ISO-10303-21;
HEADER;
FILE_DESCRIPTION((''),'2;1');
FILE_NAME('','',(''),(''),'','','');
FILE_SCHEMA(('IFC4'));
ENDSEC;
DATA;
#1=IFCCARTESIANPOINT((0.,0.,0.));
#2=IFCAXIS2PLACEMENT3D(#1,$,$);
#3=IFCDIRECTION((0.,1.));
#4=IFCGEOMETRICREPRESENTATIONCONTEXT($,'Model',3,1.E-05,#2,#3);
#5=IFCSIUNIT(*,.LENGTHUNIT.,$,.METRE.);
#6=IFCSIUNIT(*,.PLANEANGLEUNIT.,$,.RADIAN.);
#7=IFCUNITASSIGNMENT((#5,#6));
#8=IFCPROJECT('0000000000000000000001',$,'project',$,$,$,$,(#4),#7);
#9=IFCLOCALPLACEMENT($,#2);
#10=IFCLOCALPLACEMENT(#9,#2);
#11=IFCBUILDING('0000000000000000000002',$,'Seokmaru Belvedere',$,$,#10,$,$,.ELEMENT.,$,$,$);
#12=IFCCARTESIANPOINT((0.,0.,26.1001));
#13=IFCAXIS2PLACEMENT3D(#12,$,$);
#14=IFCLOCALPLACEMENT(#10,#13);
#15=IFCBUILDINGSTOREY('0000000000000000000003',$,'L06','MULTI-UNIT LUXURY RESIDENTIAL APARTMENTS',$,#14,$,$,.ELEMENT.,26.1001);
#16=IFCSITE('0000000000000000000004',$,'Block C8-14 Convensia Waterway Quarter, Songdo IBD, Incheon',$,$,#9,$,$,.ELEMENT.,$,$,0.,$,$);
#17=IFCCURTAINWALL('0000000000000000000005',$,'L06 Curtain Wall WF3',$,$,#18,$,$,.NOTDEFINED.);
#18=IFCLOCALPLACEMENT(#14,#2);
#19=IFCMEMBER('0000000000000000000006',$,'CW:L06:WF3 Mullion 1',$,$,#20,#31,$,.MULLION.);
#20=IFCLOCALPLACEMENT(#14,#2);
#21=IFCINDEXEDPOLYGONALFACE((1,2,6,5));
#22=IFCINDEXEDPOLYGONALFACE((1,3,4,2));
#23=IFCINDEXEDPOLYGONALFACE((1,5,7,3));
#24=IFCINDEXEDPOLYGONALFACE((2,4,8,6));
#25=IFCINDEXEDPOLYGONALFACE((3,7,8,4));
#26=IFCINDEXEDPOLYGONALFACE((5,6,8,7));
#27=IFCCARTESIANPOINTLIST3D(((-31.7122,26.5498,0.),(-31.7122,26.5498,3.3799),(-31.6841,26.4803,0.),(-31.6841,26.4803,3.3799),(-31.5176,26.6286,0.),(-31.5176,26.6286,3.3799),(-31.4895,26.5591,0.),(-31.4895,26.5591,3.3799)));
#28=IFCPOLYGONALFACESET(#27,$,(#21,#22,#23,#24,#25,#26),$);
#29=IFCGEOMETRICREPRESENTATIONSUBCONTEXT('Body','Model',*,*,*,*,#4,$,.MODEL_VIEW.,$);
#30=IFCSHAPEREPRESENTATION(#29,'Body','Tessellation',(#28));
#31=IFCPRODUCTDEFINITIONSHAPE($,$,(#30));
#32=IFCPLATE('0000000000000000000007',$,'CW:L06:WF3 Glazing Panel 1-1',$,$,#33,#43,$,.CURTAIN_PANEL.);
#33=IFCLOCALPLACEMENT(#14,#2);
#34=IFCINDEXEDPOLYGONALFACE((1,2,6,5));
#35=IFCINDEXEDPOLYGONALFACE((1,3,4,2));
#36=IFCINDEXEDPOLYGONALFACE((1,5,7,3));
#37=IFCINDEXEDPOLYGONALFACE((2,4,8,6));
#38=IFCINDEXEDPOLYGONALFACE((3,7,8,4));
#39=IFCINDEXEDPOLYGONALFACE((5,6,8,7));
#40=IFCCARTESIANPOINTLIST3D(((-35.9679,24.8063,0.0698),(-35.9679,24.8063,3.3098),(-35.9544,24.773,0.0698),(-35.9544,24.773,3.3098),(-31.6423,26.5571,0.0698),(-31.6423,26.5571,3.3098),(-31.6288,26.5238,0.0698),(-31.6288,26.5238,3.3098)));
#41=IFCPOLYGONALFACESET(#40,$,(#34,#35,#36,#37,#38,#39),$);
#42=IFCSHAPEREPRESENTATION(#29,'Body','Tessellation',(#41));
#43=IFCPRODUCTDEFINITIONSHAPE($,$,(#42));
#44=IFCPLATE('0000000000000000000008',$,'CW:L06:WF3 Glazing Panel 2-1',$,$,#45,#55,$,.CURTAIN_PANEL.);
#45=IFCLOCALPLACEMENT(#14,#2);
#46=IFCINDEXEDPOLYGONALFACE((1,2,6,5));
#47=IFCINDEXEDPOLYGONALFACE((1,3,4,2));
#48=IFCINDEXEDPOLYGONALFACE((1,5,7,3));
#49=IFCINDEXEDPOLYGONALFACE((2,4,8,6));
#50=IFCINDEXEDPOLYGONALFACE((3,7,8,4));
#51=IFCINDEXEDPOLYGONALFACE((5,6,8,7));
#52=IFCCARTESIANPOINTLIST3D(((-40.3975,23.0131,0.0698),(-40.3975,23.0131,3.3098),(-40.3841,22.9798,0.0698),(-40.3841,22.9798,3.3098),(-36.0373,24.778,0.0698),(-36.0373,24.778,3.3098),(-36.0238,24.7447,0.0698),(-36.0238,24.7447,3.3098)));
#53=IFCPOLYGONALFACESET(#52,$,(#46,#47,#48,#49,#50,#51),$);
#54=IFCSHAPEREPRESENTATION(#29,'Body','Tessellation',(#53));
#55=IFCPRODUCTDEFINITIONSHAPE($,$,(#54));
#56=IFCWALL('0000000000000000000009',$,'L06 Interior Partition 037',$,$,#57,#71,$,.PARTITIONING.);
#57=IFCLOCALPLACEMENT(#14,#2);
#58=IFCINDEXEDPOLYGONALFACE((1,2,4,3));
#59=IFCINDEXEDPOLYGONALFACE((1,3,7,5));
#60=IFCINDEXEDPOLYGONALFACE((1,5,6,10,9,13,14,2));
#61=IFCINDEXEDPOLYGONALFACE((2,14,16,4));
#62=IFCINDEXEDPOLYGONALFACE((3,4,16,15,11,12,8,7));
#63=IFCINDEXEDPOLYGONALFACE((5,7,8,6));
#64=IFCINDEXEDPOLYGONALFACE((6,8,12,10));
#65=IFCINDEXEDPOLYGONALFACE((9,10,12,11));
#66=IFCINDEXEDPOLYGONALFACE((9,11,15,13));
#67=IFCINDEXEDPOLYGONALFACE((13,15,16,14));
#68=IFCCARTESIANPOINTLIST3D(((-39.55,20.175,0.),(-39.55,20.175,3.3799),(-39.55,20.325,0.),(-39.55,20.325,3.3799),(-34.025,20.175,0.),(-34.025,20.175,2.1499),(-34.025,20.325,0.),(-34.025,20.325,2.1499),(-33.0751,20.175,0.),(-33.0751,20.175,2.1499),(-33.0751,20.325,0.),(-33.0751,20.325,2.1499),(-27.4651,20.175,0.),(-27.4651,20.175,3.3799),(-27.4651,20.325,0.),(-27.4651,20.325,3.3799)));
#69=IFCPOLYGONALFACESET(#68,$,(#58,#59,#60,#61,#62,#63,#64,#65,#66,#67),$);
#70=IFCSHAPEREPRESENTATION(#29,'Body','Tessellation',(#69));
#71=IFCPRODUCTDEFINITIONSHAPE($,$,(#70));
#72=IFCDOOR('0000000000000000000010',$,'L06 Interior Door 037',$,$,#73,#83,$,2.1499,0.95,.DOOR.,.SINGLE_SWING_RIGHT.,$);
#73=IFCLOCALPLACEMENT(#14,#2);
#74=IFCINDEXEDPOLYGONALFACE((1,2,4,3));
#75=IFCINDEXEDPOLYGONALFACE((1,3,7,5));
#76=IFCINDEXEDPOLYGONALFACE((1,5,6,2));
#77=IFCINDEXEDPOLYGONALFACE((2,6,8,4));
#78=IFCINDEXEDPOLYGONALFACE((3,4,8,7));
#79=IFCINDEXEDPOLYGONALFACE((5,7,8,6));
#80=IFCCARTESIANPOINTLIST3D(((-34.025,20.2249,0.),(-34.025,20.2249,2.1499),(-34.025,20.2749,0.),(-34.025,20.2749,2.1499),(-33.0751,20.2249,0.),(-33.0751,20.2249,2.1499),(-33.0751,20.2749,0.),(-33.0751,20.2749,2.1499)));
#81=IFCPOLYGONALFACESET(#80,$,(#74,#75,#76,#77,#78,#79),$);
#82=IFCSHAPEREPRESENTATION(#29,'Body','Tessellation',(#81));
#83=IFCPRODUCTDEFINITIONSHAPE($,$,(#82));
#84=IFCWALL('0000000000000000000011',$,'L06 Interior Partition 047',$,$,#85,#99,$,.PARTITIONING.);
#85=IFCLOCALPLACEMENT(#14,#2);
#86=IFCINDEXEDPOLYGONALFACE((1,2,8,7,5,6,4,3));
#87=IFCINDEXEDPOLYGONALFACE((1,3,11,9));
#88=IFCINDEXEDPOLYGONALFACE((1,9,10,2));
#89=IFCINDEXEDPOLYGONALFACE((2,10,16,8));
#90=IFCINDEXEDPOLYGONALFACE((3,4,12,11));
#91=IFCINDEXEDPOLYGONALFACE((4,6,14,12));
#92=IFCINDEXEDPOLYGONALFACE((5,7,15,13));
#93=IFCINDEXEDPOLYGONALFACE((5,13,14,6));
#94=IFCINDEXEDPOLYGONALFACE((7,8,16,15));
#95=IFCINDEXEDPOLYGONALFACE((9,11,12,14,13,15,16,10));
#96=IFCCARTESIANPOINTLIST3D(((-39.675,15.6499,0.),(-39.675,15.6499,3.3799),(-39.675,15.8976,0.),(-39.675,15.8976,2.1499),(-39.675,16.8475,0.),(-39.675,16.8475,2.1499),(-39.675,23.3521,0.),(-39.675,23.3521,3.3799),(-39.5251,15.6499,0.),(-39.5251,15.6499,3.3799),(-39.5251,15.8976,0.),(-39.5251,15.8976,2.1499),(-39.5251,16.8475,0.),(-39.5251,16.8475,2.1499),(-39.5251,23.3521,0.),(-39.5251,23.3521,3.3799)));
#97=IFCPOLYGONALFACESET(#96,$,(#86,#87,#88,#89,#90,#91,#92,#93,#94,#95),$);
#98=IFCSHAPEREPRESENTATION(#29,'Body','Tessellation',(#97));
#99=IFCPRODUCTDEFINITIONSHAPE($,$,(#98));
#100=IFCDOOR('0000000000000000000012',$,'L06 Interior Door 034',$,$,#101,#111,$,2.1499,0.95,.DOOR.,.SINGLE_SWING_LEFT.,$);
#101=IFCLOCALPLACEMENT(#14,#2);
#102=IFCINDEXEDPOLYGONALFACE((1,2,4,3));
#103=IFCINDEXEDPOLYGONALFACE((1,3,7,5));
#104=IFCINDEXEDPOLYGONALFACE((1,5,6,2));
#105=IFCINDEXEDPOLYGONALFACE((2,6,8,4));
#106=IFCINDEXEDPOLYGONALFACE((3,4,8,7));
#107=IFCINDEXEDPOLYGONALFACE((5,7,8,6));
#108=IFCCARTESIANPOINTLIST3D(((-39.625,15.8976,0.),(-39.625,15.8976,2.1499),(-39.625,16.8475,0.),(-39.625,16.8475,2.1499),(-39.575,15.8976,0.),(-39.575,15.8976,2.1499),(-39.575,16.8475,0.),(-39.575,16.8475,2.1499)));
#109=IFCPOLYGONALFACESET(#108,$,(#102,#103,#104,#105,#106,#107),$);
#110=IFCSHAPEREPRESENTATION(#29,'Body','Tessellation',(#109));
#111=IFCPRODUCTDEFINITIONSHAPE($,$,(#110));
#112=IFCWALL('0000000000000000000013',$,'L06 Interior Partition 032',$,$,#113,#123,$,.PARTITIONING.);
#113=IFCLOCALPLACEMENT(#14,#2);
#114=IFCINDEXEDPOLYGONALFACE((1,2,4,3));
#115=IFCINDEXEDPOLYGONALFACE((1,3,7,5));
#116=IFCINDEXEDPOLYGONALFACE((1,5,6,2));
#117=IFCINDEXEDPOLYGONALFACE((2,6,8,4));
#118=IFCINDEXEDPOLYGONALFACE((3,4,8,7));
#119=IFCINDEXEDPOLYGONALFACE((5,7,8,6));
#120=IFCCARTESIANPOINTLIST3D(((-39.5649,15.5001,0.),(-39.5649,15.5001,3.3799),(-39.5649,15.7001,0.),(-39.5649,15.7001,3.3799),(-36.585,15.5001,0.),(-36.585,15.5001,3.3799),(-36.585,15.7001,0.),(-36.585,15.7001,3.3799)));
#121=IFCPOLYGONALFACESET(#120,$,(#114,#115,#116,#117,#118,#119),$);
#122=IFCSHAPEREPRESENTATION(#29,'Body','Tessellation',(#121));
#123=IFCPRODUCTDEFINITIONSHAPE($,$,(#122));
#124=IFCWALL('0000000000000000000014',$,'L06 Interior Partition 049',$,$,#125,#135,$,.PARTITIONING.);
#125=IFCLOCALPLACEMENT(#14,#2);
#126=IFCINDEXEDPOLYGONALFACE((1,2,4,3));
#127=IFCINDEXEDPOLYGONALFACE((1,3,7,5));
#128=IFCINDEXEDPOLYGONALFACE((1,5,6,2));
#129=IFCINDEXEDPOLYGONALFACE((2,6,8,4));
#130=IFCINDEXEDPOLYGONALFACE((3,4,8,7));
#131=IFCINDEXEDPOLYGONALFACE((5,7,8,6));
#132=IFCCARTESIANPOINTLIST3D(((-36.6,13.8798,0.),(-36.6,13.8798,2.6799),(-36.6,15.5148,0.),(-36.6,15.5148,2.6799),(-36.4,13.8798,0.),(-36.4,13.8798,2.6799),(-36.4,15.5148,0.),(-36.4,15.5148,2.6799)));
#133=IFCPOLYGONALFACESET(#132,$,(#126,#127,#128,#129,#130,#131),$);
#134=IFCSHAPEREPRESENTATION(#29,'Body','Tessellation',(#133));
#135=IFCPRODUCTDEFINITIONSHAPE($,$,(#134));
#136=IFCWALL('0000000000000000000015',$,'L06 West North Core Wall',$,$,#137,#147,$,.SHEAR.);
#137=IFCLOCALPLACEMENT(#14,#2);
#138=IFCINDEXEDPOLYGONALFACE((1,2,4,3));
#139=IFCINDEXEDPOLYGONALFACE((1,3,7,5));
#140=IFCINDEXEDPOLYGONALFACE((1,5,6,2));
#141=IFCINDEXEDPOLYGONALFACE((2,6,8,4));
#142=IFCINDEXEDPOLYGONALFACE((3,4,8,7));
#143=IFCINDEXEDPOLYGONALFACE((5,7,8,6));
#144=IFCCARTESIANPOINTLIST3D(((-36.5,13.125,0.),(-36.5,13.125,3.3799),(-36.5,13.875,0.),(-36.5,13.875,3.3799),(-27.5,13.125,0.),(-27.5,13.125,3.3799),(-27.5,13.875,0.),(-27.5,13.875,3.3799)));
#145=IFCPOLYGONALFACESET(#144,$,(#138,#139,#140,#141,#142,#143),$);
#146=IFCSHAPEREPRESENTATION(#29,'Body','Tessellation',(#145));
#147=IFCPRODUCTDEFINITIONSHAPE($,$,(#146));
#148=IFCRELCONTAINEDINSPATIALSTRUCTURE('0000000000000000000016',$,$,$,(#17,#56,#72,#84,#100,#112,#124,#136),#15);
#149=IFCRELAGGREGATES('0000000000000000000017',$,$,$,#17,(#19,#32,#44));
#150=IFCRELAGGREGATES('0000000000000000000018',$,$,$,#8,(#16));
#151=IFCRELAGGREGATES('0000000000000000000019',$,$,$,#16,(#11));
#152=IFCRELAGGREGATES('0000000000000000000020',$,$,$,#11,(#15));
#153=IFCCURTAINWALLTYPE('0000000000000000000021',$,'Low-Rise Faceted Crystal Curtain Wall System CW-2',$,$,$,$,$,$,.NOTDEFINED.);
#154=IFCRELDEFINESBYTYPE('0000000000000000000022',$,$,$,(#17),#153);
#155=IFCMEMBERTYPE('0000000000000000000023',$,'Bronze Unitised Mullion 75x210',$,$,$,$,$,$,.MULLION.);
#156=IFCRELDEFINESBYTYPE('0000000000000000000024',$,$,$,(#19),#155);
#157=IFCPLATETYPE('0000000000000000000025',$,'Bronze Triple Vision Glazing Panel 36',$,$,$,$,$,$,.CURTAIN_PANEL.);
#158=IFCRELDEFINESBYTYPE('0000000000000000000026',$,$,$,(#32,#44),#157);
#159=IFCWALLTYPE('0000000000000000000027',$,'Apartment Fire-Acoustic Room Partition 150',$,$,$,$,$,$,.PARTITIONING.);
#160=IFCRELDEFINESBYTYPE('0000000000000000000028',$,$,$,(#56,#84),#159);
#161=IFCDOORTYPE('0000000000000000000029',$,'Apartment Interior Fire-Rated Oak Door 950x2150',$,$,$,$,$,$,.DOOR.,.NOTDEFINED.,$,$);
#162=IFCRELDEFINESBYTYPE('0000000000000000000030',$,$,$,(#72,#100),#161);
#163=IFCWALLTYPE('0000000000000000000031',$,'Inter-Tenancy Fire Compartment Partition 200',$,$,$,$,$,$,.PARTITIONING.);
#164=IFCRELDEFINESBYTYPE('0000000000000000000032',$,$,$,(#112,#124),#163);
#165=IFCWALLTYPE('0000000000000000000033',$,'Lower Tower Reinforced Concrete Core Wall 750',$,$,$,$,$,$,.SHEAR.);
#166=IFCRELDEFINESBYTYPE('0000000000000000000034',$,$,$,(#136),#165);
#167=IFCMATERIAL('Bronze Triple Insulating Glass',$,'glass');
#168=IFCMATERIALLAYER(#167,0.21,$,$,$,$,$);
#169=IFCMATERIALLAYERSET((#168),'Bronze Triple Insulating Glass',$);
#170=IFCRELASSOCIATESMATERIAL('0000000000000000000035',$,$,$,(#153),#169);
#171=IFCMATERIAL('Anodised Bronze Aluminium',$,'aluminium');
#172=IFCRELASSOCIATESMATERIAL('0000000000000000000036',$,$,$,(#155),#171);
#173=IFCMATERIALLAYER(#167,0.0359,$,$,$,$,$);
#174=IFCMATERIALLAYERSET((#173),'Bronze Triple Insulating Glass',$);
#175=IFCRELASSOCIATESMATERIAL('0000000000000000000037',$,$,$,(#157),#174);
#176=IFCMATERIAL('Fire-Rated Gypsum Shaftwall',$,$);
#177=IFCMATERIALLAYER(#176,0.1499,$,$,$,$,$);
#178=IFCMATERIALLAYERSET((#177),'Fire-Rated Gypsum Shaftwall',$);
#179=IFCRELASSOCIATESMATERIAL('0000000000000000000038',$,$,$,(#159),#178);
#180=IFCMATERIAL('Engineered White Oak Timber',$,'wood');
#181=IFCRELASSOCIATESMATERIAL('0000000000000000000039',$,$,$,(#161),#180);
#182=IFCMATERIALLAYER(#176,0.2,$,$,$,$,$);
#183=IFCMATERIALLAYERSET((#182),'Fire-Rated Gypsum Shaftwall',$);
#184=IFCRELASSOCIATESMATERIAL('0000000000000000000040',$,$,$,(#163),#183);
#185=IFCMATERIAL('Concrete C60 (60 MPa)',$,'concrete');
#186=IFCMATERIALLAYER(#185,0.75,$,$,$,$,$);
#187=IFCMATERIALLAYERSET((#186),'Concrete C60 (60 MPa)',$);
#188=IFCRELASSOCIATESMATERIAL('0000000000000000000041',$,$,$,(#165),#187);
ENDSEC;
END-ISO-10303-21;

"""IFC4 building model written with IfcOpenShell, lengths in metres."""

from ifc_helpers import new_model, si_unit, direction, frame, frame_2d, origin, origin_2d, place, context, subcontext, project, spatial, rectangle, extrude, source, transform, mapped, material, layer, layer_set, material_profile, profile_set, type_object, type_shapes, element, fill, aggregate, save


model = new_model("IFC4")

# Units and contexts
model_context = context("Model", 3, precision=1e-05, world=origin(), true_north=direction((0.0, 1.0)))
body_context = subcontext(model_context, "Body", "Model", "MODEL_VIEW")
ifc_project = project(units=[si_unit("LENGTHUNIT", "METRE"), si_unit("PLANEANGLEUNIT", "RADIAN")], contexts=[model_context])

# Site, building, storey
site_placement = place(None, origin())
site = spatial("IfcSite", under=ifc_project, at=site_placement, Name="Block C8-14 Convensia Waterway Quarter, Songdo IBD, Incheon", CompositionType="ELEMENT", RefElevation=0.0)
building_placement = place(site_placement, origin())
building = spatial("IfcBuilding", under=site, at=building_placement, Name="Seokmaru Belvedere", CompositionType="ELEMENT")
storey_placement = place(building_placement, frame((0.0, 0.0, 26.1001)))
storey = spatial("IfcBuildingStorey", under=building, at=storey_placement, Name="L06", Description="MULTI-UNIT LUXURY RESIDENTIAL APARTMENTS", CompositionType="ELEMENT", Elevation=26.1001)

# Curtain wall, member, plates
ifc_material_1 = material(Name="Bronze Triple Insulating Glass", Category="glass")
ifc_layer_1 = layer(ifc_material_1, 0.21)
ifc_layer_set_1 = layer_set([ifc_layer_1], Name="Bronze Triple Insulating Glass")
curtain_wall_type = type_object("IfcCurtainWallType", Name="Low-Rise Faceted Crystal Curtain Wall System CW-2", PredefinedType="NOTDEFINED", material=ifc_layer_set_1)
curtain_wall_placement = place(storey_placement, origin())
curtain_wall = element("IfcCurtainWall", 1, at=curtain_wall_placement, inside=storey, type_object=curtain_wall_type, Name="L06 Curtain Wall WF3", PredefinedType="NOTDEFINED")
ifc_material_2 = material(Name="Anodised Bronze Aluminium", Category="aluminium")
ifc_material_profile_1 = material_profile(ifc_material_2, rectangle(XDim=0.075, YDim=0.21, at=origin_2d()), Name="CW-M-75x210")
ifc_profile_set_1 = profile_set([ifc_material_profile_1], Name="Anodised Bronze Aluminium")
member_type_1 = type_object("IfcMemberType", Name="Bronze Unitised Mullion 75x210", PredefinedType="MULLION", material=ifc_profile_set_1)
shared_shape_1 = source(origin(), body_context, "Body", "SweptSolid", [
    extrude(rectangle(XDim=0.075, YDim=0.21, at=origin_2d()), origin(), (0.0, 0.0, 1.0), 3.3799),
])
member_1_placement = place(storey_placement, frame((-31.6008, 26.5544, 0.0), z_axis=(0.0, 0.0, 1.0), x_axis=(0.375192, -0.926947, 0.0)))
member_1 = element("IfcMember", 2, at=member_1_placement, type_object=member_type_1, Name="CW:L06:WF3 Mullion 1", PredefinedType="MULLION", context=body_context, shape_type="MappedRepresentation", body=[
    mapped(shared_shape_1, transform((0.0, 0.0, 0.0), scale=1.0)),
])
ifc_layer_2 = layer(ifc_material_1, 0.0359)
ifc_layer_set_2 = layer_set([ifc_layer_2], Name="Bronze Triple Insulating Glass")
plate_type = type_object("IfcPlateType", Name="Bronze Triple Vision Glazing Panel 36", PredefinedType="CURTAIN_PANEL", material=ifc_layer_set_2)
shared_shape_2 = source(origin(), body_context, "Body", "SweptSolid", [
    extrude(rectangle(XDim=4.6665, YDim=0.0359, at=origin_2d()), origin(), (0.0, 0.0, 1.0), 3.24),
])
plate_1_placement = place(storey_placement, frame((-33.7983, 25.665, 0.0698), z_axis=(0.0, 0.0, 1.0), x_axis=(-0.926947, -0.375192, 0.0)))
plate_1 = element("IfcPlate", 3, at=plate_1_placement, type_object=plate_type, Name="CW:L06:WF3 Glazing Panel 1-1", PredefinedType="CURTAIN_PANEL", context=body_context, shape_type="MappedRepresentation", body=[
    mapped(shared_shape_2, transform((0.0, 0.0, 0.0), scale=1.0)),
])
shared_shape_3 = source(origin(), body_context, "Body", "SweptSolid", [
    extrude(rectangle(XDim=4.7039, YDim=0.0359, at=origin_2d()), origin(), (0.0, 0.0, 1.0), 3.24),
])
type_shapes(plate_type, [shared_shape_2, shared_shape_3])
plate_2_placement = place(storey_placement, frame((-38.2107, 23.8789, 0.0698), z_axis=(0.0, 0.0, 1.0), x_axis=(-0.926947, -0.375192, 0.0)))
plate_2 = element("IfcPlate", 4, at=plate_2_placement, type_object=plate_type, Name="CW:L06:WF3 Glazing Panel 2-1", PredefinedType="CURTAIN_PANEL", context=body_context, shape_type="MappedRepresentation", body=[
    mapped(shared_shape_3, transform((0.0, 0.0, 0.0), scale=1.0)),
])
aggregate(curtain_wall, [member_1, plate_1, plate_2])

# Walls, openings, doors
ifc_material_3 = material(Name="Fire-Rated Gypsum Shaftwall")
ifc_layer_3 = layer(ifc_material_3, 0.1499)
ifc_layer_set_3 = layer_set([ifc_layer_3], Name="Fire-Rated Gypsum Shaftwall")
wall_type_1 = type_object("IfcWallType", Name="Apartment Fire-Acoustic Room Partition 150", PredefinedType="PARTITIONING", material=ifc_layer_set_3)
wall_1_placement = place(storey_placement, frame((-39.55, 20.25, 0.0), z_axis=(0.0, 0.0, 1.0), x_axis=(1.0, 0.0, 0.0)))
wall_1 = element("IfcWall", 5, at=wall_1_placement, inside=storey, type_object=wall_type_1, Name="L06 Interior Partition 037", PredefinedType="PARTITIONING", context=body_context, shape_type="SweptSolid", body=[
    extrude(rectangle(XDim=12.085, YDim=0.1499, at=frame_2d((6.0425, 0.0))), origin(), (0.0, 0.0, 1.0), 3.3799),
])
opening_1_placement = place(wall_1_placement, frame((5.5249, 0.0, 0.0)))
opening_1 = element("IfcOpeningElement", 6, at=opening_1_placement, cuts=wall_1, PredefinedType="OPENING", context=body_context, shape_type="SweptSolid", body=[
    extrude(rectangle(XDim=0.95, YDim=2.1499, at=frame_2d((0.4751, 1.075))), frame((0.0, 0.085, 0.0), z_axis=(0.0, -1.0, 0.0), x_axis=(1.0, 0.0, 0.0)), (0.0, 0.0, 1.0), 0.1699),
])
ifc_material_4 = material(Name="Engineered White Oak Timber", Category="wood")
door_type = type_object("IfcDoorType", Name="Apartment Interior Fire-Rated Oak Door 950x2150", OperationType="NOTDEFINED", PredefinedType="DOOR", material=ifc_material_4)
shared_shape_4 = source(origin(), body_context, "Body", "SweptSolid", [
    extrude(rectangle(XDim=0.95, YDim=2.1499, at=frame_2d((0.4751, 1.075))), frame((0.0, 0.0249, 0.0), z_axis=(0.0, -1.0, 0.0), x_axis=(1.0, 0.0, 0.0)), (0.0, 0.0, 1.0), 0.05),
])
type_shapes(door_type, [shared_shape_4])
door_1_placement = place(opening_1_placement, origin())
door_1 = element("IfcDoor", 7, at=door_1_placement, inside=storey, type_object=door_type, Name="L06 Interior Door 037", OperationType="SINGLE_SWING_RIGHT", OverallHeight=2.1499, OverallWidth=0.95, PredefinedType="DOOR", context=body_context, shape_type="MappedRepresentation", body=[
    mapped(shared_shape_4, transform((0.0, 0.0, 0.0), scale=1.0)),
])
fill(opening_1, door_1)
wall_2_placement = place(storey_placement, frame((-39.6001, 15.6499, 0.0), z_axis=(0.0, 0.0, 1.0), x_axis=(0.0, 1.0, 0.0)))
wall_2 = element("IfcWall", 8, at=wall_2_placement, inside=storey, type_object=wall_type_1, Name="L06 Interior Partition 047", PredefinedType="PARTITIONING", context=body_context, shape_type="SweptSolid", body=[
    extrude(rectangle(XDim=7.7021, YDim=0.1499, at=frame_2d((3.8511, 0.0))), origin(), (0.0, 0.0, 1.0), 3.3799),
])
opening_2_placement = place(wall_2_placement, frame((0.2476, 0.0, 0.0)))
opening_2 = element("IfcOpeningElement", 9, at=opening_2_placement, cuts=wall_2, PredefinedType="OPENING", context=body_context, shape_type="SweptSolid", body=[
    extrude(rectangle(XDim=0.95, YDim=2.1499, at=frame_2d((0.4751, 1.075))), frame((0.0, 0.085, 0.0), z_axis=(0.0, -1.0, 0.0), x_axis=(1.0, 0.0, 0.0)), (0.0, 0.0, 1.0), 0.1699),
])
door_2_placement = place(opening_2_placement, origin())
door_2 = element("IfcDoor", 10, at=door_2_placement, inside=storey, type_object=door_type, Name="L06 Interior Door 034", OperationType="SINGLE_SWING_LEFT", OverallHeight=2.1499, OverallWidth=0.95, PredefinedType="DOOR", context=body_context, shape_type="MappedRepresentation", body=[
    mapped(shared_shape_4, transform((0.0, 0.0, 0.0), scale=1.0)),
])
fill(opening_2, door_2)

# Walls
ifc_layer_4 = layer(ifc_material_3, 0.2)
ifc_layer_set_4 = layer_set([ifc_layer_4], Name="Fire-Rated Gypsum Shaftwall")
wall_type_2 = type_object("IfcWallType", Name="Inter-Tenancy Fire Compartment Partition 200", PredefinedType="PARTITIONING", material=ifc_layer_set_4)
wall_3_placement = place(storey_placement, frame((-39.5649, 15.6001, 0.0), z_axis=(0.0, 0.0, 1.0), x_axis=(1.0, 0.0, 0.0)))
element("IfcWall", 11, at=wall_3_placement, inside=storey, type_object=wall_type_2, Name="L06 Interior Partition 032", PredefinedType="PARTITIONING", context=body_context, shape_type="SweptSolid", body=[
    extrude(rectangle(XDim=2.98, YDim=0.2, at=frame_2d((1.49, 0.0))), origin(), (0.0, 0.0, 1.0), 3.3799),
])
wall_4_placement = place(storey_placement, frame((-36.5, 13.8799, 0.0), z_axis=(0.0, 0.0, 1.0), x_axis=(0.0, 1.0, 0.0)))
element("IfcWall", 12, at=wall_4_placement, inside=storey, type_object=wall_type_2, Name="L06 Interior Partition 049", PredefinedType="PARTITIONING", context=body_context, shape_type="SweptSolid", body=[
    extrude(rectangle(XDim=1.635, YDim=0.2, at=frame_2d((0.8174, 0.0))), origin(), (0.0, 0.0, 1.0), 2.6799),
])
ifc_material_5 = material(Name="Concrete C60 (60 MPa)", Category="concrete")
ifc_layer_5 = layer(ifc_material_5, 0.75)
ifc_layer_set_5 = layer_set([ifc_layer_5], Name="Concrete C60 (60 MPa)")
wall_type_3 = type_object("IfcWallType", Name="Lower Tower Reinforced Concrete Core Wall 750", PredefinedType="SHEAR", material=ifc_layer_set_5)
wall_5_placement = place(storey_placement, frame((-36.5, 13.5, 0.0), z_axis=(0.0, 0.0, 1.0), x_axis=(1.0, 0.0, 0.0)))
element("IfcWall", 13, at=wall_5_placement, inside=storey, type_object=wall_type_3, Name="L06 West North Core Wall", PredefinedType="SHEAR", context=body_context, shape_type="SweptSolid", body=[
    extrude(rectangle(XDim=9.0, YDim=0.75, at=frame_2d((4.5, 0.0))), origin(), (0.0, 0.0, 1.0), 3.3799),
])

save(model, "model.ifc")
